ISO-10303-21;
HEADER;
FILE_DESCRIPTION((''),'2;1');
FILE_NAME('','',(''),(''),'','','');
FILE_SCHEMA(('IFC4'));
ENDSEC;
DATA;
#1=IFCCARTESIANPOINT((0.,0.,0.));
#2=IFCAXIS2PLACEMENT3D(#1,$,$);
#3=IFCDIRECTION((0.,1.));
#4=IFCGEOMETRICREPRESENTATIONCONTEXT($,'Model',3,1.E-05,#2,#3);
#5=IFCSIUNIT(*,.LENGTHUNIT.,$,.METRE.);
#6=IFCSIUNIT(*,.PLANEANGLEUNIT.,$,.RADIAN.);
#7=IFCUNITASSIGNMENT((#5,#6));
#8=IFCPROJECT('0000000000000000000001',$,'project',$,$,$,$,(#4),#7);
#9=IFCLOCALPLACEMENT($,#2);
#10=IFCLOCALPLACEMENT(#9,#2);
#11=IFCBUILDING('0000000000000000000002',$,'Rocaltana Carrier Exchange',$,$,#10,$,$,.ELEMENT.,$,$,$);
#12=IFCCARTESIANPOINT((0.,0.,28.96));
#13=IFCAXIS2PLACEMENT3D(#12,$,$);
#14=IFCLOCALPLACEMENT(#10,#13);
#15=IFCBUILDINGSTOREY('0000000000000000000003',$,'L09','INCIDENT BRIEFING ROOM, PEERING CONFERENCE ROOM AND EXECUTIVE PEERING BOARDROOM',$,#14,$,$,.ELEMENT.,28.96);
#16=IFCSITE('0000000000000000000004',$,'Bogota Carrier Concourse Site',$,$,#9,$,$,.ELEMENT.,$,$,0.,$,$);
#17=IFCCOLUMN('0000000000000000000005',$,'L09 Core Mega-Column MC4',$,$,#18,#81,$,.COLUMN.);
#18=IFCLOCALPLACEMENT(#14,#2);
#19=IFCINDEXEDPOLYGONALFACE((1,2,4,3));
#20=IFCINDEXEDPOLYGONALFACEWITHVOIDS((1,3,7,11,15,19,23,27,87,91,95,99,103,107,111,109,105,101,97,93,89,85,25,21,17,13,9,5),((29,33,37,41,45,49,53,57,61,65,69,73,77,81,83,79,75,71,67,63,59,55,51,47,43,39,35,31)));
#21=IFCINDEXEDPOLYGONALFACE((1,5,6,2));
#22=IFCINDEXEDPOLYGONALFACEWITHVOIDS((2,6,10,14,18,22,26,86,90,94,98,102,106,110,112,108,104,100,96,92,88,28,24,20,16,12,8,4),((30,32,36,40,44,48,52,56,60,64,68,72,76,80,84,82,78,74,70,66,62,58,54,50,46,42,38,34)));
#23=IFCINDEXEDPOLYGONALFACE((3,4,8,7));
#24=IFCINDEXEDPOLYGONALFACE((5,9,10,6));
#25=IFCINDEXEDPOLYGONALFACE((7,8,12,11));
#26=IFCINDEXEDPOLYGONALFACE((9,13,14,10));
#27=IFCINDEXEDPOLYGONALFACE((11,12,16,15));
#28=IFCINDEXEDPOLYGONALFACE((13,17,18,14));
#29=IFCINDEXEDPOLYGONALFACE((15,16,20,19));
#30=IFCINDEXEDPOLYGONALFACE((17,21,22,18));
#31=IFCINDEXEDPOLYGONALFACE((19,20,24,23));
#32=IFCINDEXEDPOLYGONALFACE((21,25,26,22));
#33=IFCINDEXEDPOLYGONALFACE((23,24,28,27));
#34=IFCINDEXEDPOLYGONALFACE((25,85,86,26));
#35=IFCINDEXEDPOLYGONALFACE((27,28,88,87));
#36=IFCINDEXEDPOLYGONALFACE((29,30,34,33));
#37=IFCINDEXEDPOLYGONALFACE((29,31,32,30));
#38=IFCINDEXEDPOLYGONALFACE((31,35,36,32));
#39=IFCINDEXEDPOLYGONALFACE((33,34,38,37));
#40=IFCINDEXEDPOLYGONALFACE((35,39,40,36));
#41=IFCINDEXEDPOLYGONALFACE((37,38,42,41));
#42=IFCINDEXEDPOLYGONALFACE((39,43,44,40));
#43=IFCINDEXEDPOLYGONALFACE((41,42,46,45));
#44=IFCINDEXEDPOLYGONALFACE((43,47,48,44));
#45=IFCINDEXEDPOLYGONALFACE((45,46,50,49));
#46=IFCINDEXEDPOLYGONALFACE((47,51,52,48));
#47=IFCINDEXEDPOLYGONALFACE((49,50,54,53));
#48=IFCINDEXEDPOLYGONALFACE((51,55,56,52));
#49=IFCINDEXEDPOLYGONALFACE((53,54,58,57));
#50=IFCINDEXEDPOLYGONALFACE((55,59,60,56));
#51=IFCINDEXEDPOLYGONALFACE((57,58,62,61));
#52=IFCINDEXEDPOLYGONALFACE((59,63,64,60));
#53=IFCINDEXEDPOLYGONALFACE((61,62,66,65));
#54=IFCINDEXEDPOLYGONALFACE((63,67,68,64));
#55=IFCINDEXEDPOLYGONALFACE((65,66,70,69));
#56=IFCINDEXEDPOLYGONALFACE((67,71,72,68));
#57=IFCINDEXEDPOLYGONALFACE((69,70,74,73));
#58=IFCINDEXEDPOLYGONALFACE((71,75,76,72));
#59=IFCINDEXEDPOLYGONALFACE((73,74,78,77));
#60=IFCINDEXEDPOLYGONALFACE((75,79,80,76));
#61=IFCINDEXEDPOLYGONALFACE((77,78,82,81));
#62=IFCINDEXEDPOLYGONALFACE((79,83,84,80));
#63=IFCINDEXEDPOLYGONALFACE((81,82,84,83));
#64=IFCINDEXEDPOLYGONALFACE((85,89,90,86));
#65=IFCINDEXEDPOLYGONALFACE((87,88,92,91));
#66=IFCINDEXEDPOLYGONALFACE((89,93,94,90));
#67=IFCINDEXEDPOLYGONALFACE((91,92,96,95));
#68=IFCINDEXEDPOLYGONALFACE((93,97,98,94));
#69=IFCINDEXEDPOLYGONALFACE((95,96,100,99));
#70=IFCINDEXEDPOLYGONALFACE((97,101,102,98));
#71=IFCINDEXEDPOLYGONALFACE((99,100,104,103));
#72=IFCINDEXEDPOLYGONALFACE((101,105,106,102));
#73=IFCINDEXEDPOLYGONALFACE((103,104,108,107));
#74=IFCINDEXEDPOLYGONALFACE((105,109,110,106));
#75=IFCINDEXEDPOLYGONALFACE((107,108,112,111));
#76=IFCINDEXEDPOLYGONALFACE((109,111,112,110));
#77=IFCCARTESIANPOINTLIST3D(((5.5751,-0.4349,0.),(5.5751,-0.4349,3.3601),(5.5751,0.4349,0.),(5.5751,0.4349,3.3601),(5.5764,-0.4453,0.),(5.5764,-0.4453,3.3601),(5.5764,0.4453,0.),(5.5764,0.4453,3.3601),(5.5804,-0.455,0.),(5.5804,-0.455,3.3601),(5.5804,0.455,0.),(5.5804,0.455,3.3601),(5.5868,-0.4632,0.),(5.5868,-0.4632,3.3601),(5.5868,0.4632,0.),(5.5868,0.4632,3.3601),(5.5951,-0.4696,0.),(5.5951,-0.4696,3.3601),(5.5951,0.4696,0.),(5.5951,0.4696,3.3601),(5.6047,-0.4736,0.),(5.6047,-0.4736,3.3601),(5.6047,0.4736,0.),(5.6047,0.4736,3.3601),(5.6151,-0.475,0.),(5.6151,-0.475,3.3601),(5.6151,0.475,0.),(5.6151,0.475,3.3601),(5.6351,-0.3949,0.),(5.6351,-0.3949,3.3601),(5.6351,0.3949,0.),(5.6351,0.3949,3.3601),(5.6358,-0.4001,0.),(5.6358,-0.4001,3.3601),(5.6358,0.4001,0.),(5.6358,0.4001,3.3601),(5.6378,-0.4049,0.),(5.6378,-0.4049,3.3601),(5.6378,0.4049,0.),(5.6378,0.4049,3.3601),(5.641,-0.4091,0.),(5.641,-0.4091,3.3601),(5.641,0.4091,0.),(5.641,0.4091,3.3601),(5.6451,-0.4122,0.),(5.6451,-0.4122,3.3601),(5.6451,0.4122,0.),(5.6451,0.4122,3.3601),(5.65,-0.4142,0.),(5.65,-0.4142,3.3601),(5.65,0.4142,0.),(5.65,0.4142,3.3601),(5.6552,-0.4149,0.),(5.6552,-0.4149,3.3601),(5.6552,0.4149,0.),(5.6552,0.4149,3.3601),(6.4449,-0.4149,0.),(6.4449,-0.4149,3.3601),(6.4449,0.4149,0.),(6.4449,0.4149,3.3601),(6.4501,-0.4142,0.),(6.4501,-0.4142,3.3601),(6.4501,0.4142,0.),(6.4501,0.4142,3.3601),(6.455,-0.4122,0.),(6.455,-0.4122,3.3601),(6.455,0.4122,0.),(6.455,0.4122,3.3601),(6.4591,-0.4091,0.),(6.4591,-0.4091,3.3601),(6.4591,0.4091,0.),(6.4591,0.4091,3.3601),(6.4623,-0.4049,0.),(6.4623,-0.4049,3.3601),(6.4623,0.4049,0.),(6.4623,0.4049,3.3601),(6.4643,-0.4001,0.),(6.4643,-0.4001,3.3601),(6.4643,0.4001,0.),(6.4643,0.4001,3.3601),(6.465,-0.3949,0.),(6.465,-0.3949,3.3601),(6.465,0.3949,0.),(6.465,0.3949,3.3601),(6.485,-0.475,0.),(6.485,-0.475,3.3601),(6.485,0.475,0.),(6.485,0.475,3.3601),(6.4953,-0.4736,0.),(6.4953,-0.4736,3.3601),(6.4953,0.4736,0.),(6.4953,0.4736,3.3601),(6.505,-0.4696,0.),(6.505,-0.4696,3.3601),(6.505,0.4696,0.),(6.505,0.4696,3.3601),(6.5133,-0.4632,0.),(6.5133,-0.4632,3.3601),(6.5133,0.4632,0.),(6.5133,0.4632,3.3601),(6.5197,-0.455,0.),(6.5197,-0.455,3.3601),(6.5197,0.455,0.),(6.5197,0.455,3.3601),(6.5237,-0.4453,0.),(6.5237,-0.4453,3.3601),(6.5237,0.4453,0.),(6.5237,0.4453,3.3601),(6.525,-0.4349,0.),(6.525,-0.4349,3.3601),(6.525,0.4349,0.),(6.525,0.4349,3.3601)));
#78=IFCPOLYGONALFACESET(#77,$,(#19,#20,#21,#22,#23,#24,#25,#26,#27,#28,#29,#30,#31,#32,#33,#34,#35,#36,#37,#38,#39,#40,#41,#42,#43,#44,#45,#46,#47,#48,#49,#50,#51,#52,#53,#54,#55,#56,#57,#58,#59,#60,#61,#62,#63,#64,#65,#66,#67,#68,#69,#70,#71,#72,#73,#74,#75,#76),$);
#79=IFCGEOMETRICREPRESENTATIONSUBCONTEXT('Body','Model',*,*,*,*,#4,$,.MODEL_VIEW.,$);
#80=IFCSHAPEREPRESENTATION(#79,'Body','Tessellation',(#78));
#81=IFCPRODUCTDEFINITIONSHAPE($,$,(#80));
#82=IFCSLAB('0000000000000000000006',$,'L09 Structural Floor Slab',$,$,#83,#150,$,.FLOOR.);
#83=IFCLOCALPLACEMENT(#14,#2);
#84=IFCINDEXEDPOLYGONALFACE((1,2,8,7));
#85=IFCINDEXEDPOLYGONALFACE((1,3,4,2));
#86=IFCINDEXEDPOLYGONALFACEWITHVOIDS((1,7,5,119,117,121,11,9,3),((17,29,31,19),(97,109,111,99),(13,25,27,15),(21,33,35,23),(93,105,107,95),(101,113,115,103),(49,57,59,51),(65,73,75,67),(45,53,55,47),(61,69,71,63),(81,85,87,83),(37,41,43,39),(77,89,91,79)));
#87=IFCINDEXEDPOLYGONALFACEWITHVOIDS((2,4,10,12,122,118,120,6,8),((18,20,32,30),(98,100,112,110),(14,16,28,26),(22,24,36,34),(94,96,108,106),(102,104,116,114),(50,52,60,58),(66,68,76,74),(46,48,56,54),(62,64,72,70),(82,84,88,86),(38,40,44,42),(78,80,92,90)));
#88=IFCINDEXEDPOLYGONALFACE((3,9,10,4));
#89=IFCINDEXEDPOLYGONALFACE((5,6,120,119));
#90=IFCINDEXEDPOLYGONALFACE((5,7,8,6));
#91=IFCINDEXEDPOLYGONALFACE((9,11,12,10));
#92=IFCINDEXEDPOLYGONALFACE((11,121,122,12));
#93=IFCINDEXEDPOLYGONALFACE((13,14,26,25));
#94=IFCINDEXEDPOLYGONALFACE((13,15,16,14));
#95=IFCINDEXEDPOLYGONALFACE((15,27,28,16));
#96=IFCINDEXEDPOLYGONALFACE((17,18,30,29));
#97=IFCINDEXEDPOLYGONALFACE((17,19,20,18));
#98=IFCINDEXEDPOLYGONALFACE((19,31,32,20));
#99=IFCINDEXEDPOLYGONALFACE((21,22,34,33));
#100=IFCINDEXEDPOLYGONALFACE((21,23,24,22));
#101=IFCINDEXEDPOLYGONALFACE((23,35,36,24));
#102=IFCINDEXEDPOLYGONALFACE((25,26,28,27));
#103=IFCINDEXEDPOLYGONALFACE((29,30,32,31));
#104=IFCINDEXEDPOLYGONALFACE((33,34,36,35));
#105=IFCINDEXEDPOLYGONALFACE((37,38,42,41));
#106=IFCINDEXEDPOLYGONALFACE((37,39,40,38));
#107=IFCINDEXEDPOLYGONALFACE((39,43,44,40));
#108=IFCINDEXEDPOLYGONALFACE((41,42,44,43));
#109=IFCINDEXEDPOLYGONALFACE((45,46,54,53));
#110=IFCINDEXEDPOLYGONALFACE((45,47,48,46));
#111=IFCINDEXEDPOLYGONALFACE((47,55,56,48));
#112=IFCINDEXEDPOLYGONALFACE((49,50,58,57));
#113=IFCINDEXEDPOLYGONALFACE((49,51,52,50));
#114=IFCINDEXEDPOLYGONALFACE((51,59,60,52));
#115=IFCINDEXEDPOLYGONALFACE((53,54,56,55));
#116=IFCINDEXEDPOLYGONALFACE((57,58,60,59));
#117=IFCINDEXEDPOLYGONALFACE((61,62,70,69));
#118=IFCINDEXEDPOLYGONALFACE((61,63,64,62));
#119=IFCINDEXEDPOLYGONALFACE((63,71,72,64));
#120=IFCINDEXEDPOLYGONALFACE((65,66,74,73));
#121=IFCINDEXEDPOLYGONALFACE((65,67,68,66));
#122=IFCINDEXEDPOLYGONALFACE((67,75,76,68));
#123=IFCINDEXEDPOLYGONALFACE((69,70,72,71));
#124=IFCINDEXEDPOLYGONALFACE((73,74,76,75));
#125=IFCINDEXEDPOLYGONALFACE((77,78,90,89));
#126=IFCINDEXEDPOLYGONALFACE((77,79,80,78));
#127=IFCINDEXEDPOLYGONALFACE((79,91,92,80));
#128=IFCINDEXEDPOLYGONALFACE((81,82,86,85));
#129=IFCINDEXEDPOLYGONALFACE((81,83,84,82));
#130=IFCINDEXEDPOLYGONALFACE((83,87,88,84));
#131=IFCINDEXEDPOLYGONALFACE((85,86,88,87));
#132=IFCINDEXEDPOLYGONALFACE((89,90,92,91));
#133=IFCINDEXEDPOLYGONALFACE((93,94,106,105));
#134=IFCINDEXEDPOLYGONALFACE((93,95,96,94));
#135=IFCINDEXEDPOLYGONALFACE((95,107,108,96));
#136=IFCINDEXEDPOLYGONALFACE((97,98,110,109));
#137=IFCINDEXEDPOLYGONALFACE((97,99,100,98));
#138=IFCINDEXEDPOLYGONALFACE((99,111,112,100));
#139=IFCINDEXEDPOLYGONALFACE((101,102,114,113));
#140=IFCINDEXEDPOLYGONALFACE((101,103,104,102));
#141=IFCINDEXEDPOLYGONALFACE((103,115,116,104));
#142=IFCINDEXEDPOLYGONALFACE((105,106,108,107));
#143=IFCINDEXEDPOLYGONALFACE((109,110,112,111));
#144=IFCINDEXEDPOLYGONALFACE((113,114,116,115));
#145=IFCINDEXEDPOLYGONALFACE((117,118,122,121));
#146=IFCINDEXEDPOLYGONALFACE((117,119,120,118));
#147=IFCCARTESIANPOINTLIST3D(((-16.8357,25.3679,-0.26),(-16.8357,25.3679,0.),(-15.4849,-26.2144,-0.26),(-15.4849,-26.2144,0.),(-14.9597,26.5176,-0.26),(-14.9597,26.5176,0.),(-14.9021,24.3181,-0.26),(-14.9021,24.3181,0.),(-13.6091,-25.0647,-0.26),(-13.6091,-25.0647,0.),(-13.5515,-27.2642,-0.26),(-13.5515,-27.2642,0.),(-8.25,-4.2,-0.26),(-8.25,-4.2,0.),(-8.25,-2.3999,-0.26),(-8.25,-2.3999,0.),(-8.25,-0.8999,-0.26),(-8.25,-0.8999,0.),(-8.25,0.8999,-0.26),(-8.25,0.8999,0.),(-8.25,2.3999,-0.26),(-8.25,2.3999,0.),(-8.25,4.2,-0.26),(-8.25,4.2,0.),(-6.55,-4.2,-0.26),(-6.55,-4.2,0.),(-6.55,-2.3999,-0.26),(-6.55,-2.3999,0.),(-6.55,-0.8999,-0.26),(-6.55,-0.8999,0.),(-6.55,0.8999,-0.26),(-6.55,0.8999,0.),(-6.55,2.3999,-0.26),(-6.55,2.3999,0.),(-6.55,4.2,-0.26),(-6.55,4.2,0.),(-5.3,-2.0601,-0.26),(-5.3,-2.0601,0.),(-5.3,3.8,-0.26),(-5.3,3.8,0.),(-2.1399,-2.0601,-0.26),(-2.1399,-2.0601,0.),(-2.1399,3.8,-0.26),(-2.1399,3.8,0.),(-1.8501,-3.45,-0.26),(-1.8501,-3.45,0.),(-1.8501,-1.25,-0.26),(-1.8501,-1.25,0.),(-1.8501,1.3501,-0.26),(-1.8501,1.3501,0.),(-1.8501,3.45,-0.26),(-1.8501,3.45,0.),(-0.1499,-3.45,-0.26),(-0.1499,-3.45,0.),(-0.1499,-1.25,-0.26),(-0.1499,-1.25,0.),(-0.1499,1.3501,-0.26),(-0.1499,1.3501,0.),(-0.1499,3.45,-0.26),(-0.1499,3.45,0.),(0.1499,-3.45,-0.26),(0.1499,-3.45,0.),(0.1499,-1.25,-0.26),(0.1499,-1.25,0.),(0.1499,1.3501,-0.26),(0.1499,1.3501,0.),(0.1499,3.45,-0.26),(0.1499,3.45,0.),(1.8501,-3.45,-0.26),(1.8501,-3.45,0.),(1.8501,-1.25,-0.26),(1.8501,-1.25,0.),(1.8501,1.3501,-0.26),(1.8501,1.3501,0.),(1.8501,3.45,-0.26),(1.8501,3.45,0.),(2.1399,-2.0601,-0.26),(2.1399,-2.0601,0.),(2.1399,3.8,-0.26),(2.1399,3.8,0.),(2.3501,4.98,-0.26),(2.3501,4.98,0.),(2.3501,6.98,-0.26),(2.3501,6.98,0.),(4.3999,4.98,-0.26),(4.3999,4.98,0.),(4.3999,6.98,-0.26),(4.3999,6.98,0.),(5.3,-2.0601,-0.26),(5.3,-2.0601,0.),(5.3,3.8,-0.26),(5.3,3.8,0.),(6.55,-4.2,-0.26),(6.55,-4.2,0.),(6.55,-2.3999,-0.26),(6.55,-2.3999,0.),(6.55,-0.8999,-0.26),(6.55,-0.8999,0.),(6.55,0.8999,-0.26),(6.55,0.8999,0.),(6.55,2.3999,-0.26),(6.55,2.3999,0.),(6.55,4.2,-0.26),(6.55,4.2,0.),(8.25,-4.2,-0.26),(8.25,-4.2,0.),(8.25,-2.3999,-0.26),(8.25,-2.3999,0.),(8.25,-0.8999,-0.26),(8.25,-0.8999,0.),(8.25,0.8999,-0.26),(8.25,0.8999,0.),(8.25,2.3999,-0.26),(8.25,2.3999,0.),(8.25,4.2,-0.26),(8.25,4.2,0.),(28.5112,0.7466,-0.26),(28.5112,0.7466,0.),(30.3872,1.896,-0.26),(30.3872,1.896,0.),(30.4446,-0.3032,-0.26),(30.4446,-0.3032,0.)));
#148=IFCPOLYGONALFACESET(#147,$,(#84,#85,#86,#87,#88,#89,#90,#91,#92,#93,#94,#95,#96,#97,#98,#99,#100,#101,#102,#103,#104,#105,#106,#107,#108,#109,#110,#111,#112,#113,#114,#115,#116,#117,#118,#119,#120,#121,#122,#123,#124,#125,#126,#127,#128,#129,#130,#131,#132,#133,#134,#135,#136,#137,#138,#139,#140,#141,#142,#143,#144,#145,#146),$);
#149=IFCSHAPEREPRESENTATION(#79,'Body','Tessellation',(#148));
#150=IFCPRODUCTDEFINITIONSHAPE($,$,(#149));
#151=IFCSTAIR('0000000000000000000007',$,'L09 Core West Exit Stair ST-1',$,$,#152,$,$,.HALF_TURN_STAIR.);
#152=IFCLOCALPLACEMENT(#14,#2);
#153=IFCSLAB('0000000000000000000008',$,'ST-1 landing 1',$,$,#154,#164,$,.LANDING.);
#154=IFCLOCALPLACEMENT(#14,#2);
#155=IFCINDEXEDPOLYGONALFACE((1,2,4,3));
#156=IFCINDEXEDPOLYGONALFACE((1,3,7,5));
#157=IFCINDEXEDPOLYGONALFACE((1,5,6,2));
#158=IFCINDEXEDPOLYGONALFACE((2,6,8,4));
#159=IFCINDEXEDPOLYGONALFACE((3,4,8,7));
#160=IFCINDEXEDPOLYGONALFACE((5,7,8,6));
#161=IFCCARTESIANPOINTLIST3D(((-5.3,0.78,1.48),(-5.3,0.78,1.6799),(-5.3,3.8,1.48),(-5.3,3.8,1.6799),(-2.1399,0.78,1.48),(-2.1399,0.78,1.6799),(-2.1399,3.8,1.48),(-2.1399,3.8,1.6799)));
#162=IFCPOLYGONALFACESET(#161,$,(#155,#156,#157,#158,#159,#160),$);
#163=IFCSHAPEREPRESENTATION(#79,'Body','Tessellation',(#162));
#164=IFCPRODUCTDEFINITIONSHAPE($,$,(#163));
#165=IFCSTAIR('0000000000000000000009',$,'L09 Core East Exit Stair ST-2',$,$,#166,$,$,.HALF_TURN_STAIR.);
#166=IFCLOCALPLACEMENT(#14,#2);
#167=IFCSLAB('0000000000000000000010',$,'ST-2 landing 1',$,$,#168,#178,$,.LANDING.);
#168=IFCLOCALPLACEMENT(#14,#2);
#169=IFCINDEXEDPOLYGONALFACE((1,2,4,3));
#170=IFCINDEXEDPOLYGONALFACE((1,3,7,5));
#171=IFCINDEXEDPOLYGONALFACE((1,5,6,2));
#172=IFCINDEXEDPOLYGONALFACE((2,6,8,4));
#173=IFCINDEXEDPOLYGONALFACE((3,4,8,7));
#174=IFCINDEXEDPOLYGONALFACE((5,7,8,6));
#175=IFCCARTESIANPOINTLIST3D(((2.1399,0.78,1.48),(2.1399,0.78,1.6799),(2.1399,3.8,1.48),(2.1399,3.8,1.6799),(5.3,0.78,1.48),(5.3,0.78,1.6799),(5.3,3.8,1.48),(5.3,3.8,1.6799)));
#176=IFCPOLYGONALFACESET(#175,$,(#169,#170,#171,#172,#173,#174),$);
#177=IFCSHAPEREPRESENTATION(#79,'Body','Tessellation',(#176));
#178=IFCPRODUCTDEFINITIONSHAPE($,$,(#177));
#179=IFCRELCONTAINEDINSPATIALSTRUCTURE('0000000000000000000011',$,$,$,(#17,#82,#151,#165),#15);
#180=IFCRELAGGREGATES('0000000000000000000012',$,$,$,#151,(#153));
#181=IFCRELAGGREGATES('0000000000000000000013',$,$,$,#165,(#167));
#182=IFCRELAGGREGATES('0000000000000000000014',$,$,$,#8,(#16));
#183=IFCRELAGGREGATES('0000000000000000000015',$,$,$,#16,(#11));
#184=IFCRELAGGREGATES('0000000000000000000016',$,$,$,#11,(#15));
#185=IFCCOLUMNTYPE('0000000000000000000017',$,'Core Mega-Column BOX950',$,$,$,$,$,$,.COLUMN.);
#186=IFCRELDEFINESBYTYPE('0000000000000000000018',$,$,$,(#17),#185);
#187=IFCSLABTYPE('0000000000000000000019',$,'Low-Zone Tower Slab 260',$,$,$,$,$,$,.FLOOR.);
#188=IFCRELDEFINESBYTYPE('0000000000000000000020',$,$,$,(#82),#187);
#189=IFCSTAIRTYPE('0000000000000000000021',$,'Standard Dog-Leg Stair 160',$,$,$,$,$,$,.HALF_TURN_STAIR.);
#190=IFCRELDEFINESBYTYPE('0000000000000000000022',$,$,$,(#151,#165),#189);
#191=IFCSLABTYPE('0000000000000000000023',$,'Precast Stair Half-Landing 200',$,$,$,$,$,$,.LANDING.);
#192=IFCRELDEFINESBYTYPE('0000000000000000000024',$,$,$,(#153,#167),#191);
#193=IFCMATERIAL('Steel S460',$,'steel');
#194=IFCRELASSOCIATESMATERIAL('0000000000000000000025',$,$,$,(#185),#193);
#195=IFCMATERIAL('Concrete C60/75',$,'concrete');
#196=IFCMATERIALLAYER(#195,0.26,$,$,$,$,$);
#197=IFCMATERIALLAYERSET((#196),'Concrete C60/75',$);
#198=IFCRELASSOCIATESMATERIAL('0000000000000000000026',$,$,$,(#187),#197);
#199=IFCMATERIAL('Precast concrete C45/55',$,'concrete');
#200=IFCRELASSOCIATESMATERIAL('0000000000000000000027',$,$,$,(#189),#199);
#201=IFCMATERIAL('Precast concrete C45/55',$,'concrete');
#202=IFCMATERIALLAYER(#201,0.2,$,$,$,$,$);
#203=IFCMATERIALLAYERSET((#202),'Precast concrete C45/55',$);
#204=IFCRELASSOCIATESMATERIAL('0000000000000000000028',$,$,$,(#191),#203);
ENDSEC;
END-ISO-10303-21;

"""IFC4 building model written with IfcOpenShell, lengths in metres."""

from ifc_helpers import new_model, si_unit, direction, frame, origin, origin_2d, place, context, subcontext, project, spatial, polyline, hollow_rectangle, outline, extrude, material, layer, layer_set, material_profile, profile_set, type_object, element, aggregate, save


model = new_model("IFC4")

# Units and contexts
model_context = context("Model", 3, precision=1e-05, world=origin(), true_north=direction((0.0, 1.0)))
body_context = subcontext(model_context, "Body", "Model", "MODEL_VIEW")
ifc_project = project(units=[si_unit("LENGTHUNIT", "METRE"), si_unit("PLANEANGLEUNIT", "RADIAN")], contexts=[model_context])

# Site, building, storey
site_placement = place(None, origin())
site = spatial("IfcSite", under=ifc_project, at=site_placement, Name="Bogota Carrier Concourse Site", CompositionType="ELEMENT", RefElevation=0.0)
building_placement = place(site_placement, origin())
building = spatial("IfcBuilding", under=site, at=building_placement, Name="Rocaltana Carrier Exchange", CompositionType="ELEMENT")
storey_placement = place(building_placement, frame((0.0, 0.0, 28.96)))
storey = spatial("IfcBuildingStorey", under=building, at=storey_placement, Name="L09", Description="INCIDENT BRIEFING ROOM, PEERING CONFERENCE ROOM AND EXECUTIVE PEERING BOARDROOM", CompositionType="ELEMENT", Elevation=28.96)

# Column
ifc_material_1 = material(Name="Steel S460", Category="steel")
ifc_material_profile = material_profile(ifc_material_1, hollow_rectangle(XDim=0.95, YDim=0.95, WallThickness=0.0601, InnerFilletRadius=0.02, OuterFilletRadius=0.04, at=origin_2d()), Name="BOX950X950X60")
ifc_profile_set = profile_set([ifc_material_profile], Name="Steel S460")
column_type = type_object("IfcColumnType", Name="Core Mega-Column BOX950", PredefinedType="COLUMN", material=ifc_profile_set)
column_placement = place(storey_placement, frame((6.05, 0.0, 0.0), z_axis=(0.0, 0.0, 1.0), x_axis=(1.0, 0.0, 0.0)))
element("IfcColumn", 1, at=column_placement, inside=storey, type_object=column_type, Name="L09 Core Mega-Column MC4", PredefinedType="COLUMN", context=body_context, shape_type="SweptSolid", body=[
    extrude(hollow_rectangle(XDim=0.95, YDim=0.95, WallThickness=0.0601, InnerFilletRadius=0.02, OuterFilletRadius=0.04, at=origin_2d()), origin(), (0.0, 0.0, 1.0), 3.3601),
])

# Slab
ifc_material_2 = material(Name="Concrete C60/75", Category="concrete")
ifc_layer_1 = layer(ifc_material_2, 0.26)
ifc_layer_set_1 = layer_set([ifc_layer_1], Name="Concrete C60/75")
slab_type_1 = type_object("IfcSlabType", Name="Low-Zone Tower Slab 260", PredefinedType="FLOOR", material=ifc_layer_set_1)
slab_1_placement = place(storey_placement, frame((0.0, 0.0, -0.26)))
element("IfcSlab", 2, at=slab_1_placement, inside=storey, type_object=slab_type_1, Name="L09 Structural Floor Slab", PredefinedType="FLOOR", context=body_context, shape_type="SweptSolid", body=[
    extrude(outline(polyline([(30.4446, -0.3032), (28.5112, 0.7466), (30.3872, 1.896), (-14.9597, 26.5176), (-14.9021, 24.3181), (-16.8357, 25.3679), (-15.4849, -26.2144), (-13.6091, -25.0647), (-13.5515, -27.2642), (30.4446, -0.3032)]), holes=[polyline([(-5.3, -2.0601), (-2.1399, -2.0601), (-2.1399, 3.8), (-5.3, 3.8), (-5.3, -2.0601)]), polyline([(2.1399, -2.0601), (5.3, -2.0601), (5.3, 3.8), (2.1399, 3.8), (2.1399, -2.0601)]), polyline([(-1.8501, -3.45), (-0.1499, -3.45), (-0.1499, -1.25), (-1.8501, -1.25), (-1.8501, -3.45)]), polyline([(0.1499, -3.45), (1.8501, -3.45), (1.8501, -1.25), (0.1499, -1.25), (0.1499, -3.45)]), polyline([(2.3501, 4.98), (4.3999, 4.98), (4.3999, 6.98), (2.3501, 6.98), (2.3501, 4.98)]), polyline([(-1.8501, 1.3501), (-0.1499, 1.3501), (-0.1499, 3.45), (-1.8501, 3.45), (-1.8501, 1.3501)]), polyline([(0.1499, 1.3501), (1.8501, 1.3501), (1.8501, 3.45), (0.1499, 3.45), (0.1499, 1.3501)]), polyline([(-8.25, -4.2), (-6.55, -4.2), (-6.55, -2.3999), (-8.25, -2.3999), (-8.25, -4.2)]), polyline([(-8.25, -0.8999), (-6.55, -0.8999), (-6.55, 0.8999), (-8.25, 0.8999), (-8.25, -0.8999)]), polyline([(-8.25, 2.3999), (-6.55, 2.3999), (-6.55, 4.2), (-8.25, 4.2), (-8.25, 2.3999)]), polyline([(6.55, -4.2), (8.25, -4.2), (8.25, -2.3999), (6.55, -2.3999), (6.55, -4.2)]), polyline([(6.55, -0.8999), (8.25, -0.8999), (8.25, 0.8999), (6.55, 0.8999), (6.55, -0.8999)]), polyline([(6.55, 2.3999), (8.25, 2.3999), (8.25, 4.2), (6.55, 4.2), (6.55, 2.3999)])]), origin(), (0.0, 0.0, 1.0), 0.26),
])

# Stairs, slabs
ifc_material_3 = material(Name="Precast concrete C45/55", Category="concrete")
stair_type = type_object("IfcStairType", Name="Standard Dog-Leg Stair 160", PredefinedType="HALF_TURN_STAIR", material=ifc_material_3)
stair_1_placement = place(storey_placement, origin())
stair_1 = element("IfcStair", 3, at=stair_1_placement, inside=storey, type_object=stair_type, Name="L09 Core West Exit Stair ST-1", PredefinedType="HALF_TURN_STAIR")
ifc_material_4 = material(Name="Precast concrete C45/55", Category="concrete")
ifc_layer_2 = layer(ifc_material_4, 0.2)
ifc_layer_set_2 = layer_set([ifc_layer_2], Name="Precast concrete C45/55")
slab_type_2 = type_object("IfcSlabType", Name="Precast Stair Half-Landing 200", PredefinedType="LANDING", material=ifc_layer_set_2)
slab_2_placement = place(storey_placement, frame((0.0, 0.0, 1.48)))
slab_2 = element("IfcSlab", 4, at=slab_2_placement, type_object=slab_type_2, Name="ST-1 landing 1", PredefinedType="LANDING", context=body_context, shape_type="SweptSolid", body=[
    extrude(outline(polyline([(-2.1399, 0.78), (-2.1399, 3.8), (-5.3, 3.8), (-5.3, 0.78), (-2.1399, 0.78)])), origin(), (0.0, 0.0, 1.0), 0.2),
])
aggregate(stair_1, [slab_2])
stair_2_placement = place(storey_placement, origin())
stair_2 = element("IfcStair", 5, at=stair_2_placement, inside=storey, type_object=stair_type, Name="L09 Core East Exit Stair ST-2", PredefinedType="HALF_TURN_STAIR")
slab_3_placement = place(storey_placement, frame((0.0, 0.0, 1.48)))
slab_3 = element("IfcSlab", 6, at=slab_3_placement, type_object=slab_type_2, Name="ST-2 landing 1", PredefinedType="LANDING", context=body_context, shape_type="SweptSolid", body=[
    extrude(outline(polyline([(5.3, 0.78), (5.3, 3.8), (2.1399, 3.8), (2.1399, 0.78), (5.3, 0.78)])), origin(), (0.0, 0.0, 1.0), 0.2),
])

aggregate(stair_2, [slab_3])

save(model, "model.ifc")
